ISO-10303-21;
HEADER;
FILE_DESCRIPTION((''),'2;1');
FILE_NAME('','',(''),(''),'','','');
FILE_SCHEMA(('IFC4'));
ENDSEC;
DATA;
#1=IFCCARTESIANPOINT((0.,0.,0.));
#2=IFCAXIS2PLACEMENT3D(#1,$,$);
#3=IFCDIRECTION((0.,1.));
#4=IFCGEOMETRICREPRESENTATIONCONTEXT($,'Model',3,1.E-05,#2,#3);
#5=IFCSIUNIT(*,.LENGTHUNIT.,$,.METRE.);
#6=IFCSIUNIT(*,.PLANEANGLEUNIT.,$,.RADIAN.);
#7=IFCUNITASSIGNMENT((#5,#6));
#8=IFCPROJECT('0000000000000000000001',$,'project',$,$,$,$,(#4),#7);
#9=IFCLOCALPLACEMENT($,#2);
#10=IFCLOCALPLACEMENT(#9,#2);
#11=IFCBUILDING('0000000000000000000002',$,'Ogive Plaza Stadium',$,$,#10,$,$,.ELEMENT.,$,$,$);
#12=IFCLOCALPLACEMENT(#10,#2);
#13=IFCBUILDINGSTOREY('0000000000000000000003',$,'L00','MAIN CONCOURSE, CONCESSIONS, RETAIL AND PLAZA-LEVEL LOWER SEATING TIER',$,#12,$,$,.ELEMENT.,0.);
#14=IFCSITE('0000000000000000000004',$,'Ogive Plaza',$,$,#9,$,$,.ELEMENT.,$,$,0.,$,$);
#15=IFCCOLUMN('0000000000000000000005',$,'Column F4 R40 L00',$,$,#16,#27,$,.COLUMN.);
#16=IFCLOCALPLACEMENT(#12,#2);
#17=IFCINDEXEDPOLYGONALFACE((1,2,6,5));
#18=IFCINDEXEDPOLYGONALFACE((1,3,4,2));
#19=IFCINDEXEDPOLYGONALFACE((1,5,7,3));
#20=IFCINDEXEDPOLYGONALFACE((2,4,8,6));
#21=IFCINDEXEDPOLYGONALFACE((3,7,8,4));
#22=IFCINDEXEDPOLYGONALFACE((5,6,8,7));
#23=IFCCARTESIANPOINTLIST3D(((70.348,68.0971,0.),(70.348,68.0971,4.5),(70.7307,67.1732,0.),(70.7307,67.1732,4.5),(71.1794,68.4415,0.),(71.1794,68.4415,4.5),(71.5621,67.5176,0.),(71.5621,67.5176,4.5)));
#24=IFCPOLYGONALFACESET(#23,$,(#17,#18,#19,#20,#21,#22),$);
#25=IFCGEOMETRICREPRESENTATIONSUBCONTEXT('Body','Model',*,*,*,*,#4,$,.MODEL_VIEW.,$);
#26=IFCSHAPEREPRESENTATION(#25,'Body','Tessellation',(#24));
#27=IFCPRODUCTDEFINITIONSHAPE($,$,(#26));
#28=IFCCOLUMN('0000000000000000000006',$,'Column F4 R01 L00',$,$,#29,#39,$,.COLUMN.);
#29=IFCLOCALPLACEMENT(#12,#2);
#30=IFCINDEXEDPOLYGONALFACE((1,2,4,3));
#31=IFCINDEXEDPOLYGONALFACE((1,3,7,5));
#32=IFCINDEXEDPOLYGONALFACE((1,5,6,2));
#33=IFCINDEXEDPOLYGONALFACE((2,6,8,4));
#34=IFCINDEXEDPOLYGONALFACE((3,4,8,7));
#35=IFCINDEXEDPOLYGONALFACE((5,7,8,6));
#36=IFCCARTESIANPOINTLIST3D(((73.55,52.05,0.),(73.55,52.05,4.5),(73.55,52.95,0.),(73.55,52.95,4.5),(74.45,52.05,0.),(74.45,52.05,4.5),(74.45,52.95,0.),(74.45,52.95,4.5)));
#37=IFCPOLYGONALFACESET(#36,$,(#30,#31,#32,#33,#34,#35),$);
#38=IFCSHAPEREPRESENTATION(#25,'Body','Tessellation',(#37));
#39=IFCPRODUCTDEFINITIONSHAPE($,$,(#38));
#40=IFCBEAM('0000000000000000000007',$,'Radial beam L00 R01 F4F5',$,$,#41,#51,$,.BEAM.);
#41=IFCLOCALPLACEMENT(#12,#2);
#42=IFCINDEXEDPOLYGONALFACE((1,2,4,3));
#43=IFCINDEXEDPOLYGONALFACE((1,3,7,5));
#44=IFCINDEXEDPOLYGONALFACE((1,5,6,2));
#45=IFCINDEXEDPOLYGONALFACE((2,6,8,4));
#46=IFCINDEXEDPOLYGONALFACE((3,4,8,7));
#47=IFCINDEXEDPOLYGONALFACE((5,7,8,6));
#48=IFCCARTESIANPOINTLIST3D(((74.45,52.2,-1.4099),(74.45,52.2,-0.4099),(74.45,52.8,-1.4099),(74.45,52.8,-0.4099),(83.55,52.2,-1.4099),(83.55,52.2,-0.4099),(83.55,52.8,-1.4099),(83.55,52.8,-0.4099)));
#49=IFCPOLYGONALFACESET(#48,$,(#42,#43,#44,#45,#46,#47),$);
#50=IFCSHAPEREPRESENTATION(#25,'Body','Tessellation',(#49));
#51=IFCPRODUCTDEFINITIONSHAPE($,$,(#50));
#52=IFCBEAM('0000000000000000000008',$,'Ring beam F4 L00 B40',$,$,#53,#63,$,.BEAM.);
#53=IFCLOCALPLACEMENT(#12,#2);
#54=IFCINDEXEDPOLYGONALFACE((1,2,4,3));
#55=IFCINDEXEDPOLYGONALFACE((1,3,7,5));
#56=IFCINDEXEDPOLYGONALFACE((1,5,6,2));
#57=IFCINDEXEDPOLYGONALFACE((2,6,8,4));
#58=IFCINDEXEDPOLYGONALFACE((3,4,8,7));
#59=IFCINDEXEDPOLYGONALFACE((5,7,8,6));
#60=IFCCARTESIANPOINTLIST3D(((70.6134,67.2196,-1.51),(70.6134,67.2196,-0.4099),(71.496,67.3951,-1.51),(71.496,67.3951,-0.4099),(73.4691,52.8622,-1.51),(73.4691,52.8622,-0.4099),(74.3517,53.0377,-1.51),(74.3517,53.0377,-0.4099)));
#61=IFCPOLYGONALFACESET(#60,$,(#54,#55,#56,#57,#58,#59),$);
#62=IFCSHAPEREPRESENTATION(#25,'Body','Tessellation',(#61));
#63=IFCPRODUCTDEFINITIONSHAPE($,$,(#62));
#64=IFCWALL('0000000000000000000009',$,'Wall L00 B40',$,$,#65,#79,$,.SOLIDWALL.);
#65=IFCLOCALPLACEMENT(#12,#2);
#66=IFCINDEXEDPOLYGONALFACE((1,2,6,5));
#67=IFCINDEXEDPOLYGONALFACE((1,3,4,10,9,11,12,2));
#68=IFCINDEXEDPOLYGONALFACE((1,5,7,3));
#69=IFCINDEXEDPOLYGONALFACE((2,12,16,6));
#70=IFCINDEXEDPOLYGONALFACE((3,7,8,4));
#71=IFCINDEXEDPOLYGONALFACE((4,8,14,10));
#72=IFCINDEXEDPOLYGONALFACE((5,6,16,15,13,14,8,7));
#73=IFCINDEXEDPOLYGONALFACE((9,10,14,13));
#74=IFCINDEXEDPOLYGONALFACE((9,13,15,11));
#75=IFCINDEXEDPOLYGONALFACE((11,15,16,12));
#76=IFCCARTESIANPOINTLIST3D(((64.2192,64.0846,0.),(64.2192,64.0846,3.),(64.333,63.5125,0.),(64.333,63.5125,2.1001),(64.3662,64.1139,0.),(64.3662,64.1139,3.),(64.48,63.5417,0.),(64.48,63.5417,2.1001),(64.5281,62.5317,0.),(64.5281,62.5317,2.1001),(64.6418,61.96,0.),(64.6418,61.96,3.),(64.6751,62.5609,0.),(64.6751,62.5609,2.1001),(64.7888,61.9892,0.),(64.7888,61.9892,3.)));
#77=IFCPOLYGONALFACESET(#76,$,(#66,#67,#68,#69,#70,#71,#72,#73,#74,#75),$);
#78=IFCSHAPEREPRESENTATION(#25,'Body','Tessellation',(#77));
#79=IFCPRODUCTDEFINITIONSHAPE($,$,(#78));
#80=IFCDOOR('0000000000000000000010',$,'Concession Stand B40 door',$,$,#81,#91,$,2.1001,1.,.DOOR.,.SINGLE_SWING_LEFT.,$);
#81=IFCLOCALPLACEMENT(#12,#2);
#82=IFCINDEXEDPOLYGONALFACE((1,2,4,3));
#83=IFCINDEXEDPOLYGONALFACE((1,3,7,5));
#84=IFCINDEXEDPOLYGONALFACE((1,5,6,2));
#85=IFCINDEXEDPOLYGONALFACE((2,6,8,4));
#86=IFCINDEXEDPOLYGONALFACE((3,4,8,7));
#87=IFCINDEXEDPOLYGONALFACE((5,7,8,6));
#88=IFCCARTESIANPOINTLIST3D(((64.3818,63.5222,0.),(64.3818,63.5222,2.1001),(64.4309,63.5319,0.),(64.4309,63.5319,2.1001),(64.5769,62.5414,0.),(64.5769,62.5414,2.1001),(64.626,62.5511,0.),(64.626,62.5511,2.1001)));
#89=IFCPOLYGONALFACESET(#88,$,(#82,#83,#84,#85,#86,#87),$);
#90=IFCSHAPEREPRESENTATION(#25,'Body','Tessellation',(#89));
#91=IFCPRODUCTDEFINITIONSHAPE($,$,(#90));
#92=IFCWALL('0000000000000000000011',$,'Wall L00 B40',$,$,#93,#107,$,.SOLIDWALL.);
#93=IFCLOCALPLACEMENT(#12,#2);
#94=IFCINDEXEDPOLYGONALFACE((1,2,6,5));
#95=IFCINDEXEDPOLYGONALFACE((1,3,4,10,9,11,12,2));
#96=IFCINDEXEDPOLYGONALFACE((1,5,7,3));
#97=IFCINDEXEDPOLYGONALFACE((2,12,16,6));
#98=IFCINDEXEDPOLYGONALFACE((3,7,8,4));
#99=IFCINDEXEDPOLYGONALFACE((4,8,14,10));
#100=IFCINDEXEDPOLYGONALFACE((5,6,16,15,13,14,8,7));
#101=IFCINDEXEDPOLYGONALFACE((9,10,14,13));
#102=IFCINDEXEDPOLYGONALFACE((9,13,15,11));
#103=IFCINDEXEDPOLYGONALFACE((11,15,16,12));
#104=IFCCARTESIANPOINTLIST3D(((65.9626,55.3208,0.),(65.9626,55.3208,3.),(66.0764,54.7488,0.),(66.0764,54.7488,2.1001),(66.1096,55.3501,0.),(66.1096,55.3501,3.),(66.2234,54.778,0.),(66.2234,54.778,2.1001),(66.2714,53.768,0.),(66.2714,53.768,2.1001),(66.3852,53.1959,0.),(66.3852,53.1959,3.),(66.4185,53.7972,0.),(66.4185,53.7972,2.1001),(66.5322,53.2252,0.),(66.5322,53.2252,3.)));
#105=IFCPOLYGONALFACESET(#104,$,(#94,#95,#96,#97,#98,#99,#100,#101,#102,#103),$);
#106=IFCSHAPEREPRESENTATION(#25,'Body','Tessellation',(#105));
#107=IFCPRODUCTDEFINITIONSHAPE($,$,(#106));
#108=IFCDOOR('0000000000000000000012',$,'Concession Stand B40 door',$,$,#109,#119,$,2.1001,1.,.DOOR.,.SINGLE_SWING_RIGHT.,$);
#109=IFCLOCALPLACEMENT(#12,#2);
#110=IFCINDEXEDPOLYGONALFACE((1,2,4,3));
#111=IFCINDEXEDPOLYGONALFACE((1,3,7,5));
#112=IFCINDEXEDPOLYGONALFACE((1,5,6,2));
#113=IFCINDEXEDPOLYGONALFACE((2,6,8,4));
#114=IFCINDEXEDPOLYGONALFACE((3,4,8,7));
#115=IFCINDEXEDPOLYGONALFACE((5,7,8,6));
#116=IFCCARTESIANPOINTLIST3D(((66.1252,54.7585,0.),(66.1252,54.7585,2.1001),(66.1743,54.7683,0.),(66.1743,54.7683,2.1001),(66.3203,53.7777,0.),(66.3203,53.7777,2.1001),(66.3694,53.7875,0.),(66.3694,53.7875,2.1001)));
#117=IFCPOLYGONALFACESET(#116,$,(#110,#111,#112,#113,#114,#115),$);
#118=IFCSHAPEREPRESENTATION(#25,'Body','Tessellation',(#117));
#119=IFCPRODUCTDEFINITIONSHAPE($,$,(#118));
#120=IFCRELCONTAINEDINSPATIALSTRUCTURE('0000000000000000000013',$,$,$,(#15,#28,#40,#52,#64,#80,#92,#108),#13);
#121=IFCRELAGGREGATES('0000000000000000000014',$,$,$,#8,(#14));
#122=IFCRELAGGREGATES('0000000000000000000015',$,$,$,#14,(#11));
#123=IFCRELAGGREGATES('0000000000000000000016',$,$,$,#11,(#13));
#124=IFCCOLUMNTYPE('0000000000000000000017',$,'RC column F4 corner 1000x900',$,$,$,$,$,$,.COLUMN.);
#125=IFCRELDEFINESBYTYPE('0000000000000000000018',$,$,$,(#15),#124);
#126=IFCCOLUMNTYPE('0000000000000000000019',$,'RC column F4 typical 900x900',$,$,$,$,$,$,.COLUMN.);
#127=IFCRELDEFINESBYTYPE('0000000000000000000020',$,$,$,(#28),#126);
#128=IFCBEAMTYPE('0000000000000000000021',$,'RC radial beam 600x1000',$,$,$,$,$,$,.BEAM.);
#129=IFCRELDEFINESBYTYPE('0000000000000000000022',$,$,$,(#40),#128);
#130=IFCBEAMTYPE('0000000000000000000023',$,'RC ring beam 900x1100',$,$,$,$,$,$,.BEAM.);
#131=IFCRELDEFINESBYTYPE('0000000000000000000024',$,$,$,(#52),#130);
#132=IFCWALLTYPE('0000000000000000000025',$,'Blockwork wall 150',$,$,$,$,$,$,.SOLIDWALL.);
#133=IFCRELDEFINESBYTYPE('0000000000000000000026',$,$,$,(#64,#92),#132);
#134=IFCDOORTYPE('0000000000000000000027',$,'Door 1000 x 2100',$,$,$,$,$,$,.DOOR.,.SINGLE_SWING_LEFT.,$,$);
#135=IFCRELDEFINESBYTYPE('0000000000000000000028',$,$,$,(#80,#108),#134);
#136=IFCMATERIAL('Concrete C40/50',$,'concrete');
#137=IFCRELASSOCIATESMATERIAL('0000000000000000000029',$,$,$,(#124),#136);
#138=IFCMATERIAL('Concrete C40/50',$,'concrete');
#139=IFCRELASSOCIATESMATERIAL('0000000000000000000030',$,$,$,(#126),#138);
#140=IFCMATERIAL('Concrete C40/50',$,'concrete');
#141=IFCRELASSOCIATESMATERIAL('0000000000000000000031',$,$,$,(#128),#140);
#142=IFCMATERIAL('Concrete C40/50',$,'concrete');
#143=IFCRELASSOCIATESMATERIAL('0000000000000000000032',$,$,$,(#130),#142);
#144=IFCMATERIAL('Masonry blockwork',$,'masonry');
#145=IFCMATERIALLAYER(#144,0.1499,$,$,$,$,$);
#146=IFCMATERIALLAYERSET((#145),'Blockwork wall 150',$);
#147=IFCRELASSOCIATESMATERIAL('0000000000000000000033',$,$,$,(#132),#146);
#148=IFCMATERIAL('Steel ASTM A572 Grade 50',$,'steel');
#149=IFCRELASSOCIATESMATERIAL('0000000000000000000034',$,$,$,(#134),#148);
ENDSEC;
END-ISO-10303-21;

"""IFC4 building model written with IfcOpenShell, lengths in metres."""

from ifc_helpers import new_model, si_unit, direction, frame, frame_2d, origin, origin_2d, place, context, subcontext, project, spatial, rectangle, extrude, material, layer, layer_set, material_profile, profile_set, type_object, element, fill, save


model = new_model("IFC4")

# Units and contexts
model_context = context("Model", 3, precision=1e-05, world=origin(), true_north=direction((0.0, 1.0)))
body_context = subcontext(model_context, "Body", "Model", "MODEL_VIEW")
ifc_project = project(units=[si_unit("LENGTHUNIT", "METRE"), si_unit("PLANEANGLEUNIT", "RADIAN")], contexts=[model_context])

# Site, building, storey
site_placement = place(None, origin())
site = spatial("IfcSite", under=ifc_project, at=site_placement, Name="Ogive Plaza", CompositionType="ELEMENT", RefElevation=0.0)
building_placement = place(site_placement, origin())
building = spatial("IfcBuilding", under=site, at=building_placement, Name="Ogive Plaza Stadium", CompositionType="ELEMENT")
storey_placement = place(building_placement, origin())
storey = spatial("IfcBuildingStorey", under=building, at=storey_placement, Name="L00", Description="MAIN CONCOURSE, CONCESSIONS, RETAIL AND PLAZA-LEVEL LOWER SEATING TIER", CompositionType="ELEMENT", Elevation=0.0)

# Columns
ifc_material_1 = material(Name="Concrete C40/50", Category="concrete")
ifc_material_profile_1 = material_profile(ifc_material_1, rectangle(XDim=1.0, YDim=0.8999, at=origin_2d()), Name="RC 1000x900")
ifc_profile_set_1 = profile_set([ifc_material_profile_1], Name="Concrete C40/50")
column_type_1 = type_object("IfcColumnType", Name="RC column F4 corner 1000x900", PredefinedType="COLUMN", material=ifc_profile_set_1)
column_1_placement = place(storey_placement, frame((70.9551, 67.8074, 0.0), z_axis=(0.0, 0.0, 1.0), x_axis=(-0.382683, 0.92388, 0.0)))
element("IfcColumn", 1, at=column_1_placement, inside=storey, type_object=column_type_1, Name="Column F4 R40 L00", PredefinedType="COLUMN", context=body_context, shape_type="SweptSolid", body=[
    extrude(rectangle(XDim=1.0, YDim=0.8999, at=origin_2d()), origin(), (0.0, 0.0, 1.0), 4.5),
])
ifc_material_2 = material(Name="Concrete C40/50", Category="concrete")
ifc_material_profile_2 = material_profile(ifc_material_2, rectangle(XDim=0.8999, YDim=0.8999, at=origin_2d()), Name="RC 900x900")
ifc_profile_set_2 = profile_set([ifc_material_profile_2], Name="Concrete C40/50")
column_type_2 = type_object("IfcColumnType", Name="RC column F4 typical 900x900", PredefinedType="COLUMN", material=ifc_profile_set_2)
column_2_placement = place(storey_placement, frame((74.0, 52.5, 0.0), z_axis=(0.0, 0.0, 1.0), x_axis=(0.0, 1.0, 0.0)))
element("IfcColumn", 2, at=column_2_placement, inside=storey, type_object=column_type_2, Name="Column F4 R01 L00", PredefinedType="COLUMN", context=body_context, shape_type="SweptSolid", body=[
    extrude(rectangle(XDim=0.8999, YDim=0.8999, at=origin_2d()), origin(), (0.0, 0.0, 1.0), 4.5),
])

# Beams
ifc_material_3 = material(Name="Concrete C40/50", Category="concrete")
ifc_material_profile_3 = material_profile(ifc_material_3, rectangle(XDim=0.6001, YDim=1.0, at=origin_2d()), Name="RC 600x1000")
ifc_profile_set_3 = profile_set([ifc_material_profile_3], Name="Concrete C40/50")
beam_type_1 = type_object("IfcBeamType", Name="RC radial beam 600x1000", PredefinedType="BEAM", material=ifc_profile_set_3)
beam_1_placement = place(storey_placement, frame((74.45, 52.5, -0.9099), z_axis=(1.0, 0.0, 0.0), x_axis=(0.0, 1.0, 0.0)))
element("IfcBeam", 3, at=beam_1_placement, inside=storey, type_object=beam_type_1, Name="Radial beam L00 R01 F4F5", PredefinedType="BEAM", context=body_context, shape_type="SweptSolid", body=[
    extrude(rectangle(XDim=0.6001, YDim=1.0, at=origin_2d()), origin(), (0.0, 0.0, 1.0), 9.1001),
])
ifc_material_4 = material(Name="Concrete C40/50", Category="concrete")
ifc_material_profile_4 = material_profile(ifc_material_4, rectangle(XDim=0.8999, YDim=1.1001, at=origin_2d()), Name="RC 900x1100")
ifc_profile_set_4 = profile_set([ifc_material_profile_4], Name="Concrete C40/50")
beam_type_2 = type_object("IfcBeamType", Name="RC ring beam 900x1100", PredefinedType="BEAM", material=ifc_profile_set_4)
beam_2_placement = place(storey_placement, frame((71.0547, 67.3074, -0.96), z_axis=(0.19508, -0.980787, 0.0), x_axis=(0.980787, 0.19508, 0.0)))
element("IfcBeam", 4, at=beam_2_placement, inside=storey, type_object=beam_type_2, Name="Ring beam F4 L00 B40", PredefinedType="BEAM", context=body_context, shape_type="SweptSolid", body=[
    extrude(rectangle(XDim=0.8999, YDim=1.1001, at=origin_2d()), origin(), (0.0, 0.0, 1.0), 14.6387),
])

# Walls, openings, doors
ifc_material_5 = material(Name="Masonry blockwork", Category="masonry")
ifc_layer_1 = layer(ifc_material_5, 0.1499)
ifc_layer_set_1 = layer_set([ifc_layer_1], Name="Blockwork wall 150")
wall_type_1 = type_object("IfcWallType", Name="Blockwork wall 150", PredefinedType="SOLIDWALL", material=ifc_layer_set_1)
wall_1_placement = place(storey_placement, frame((64.2927, 64.0991, 0.0), z_axis=(0.0, 0.0, 1.0), x_axis=(0.195076, -0.980788, 0.0)))
wall_1 = element("IfcWall", 5, at=wall_1_placement, inside=storey, type_object=wall_type_1, Name="Wall L00 B40", PredefinedType="SOLIDWALL", context=body_context, shape_type="SweptSolid", body=[
    extrude(rectangle(XDim=2.1663, YDim=0.1499, at=frame_2d((1.083, 0.0))), origin(), (0.0, 0.0, 1.0), 3.0),
])
opening_1_placement = place(wall_1_placement, frame((0.5833, 0.0, 0.0)))
opening_1 = element("IfcOpeningElement", 6, at=opening_1_placement, cuts=wall_1, PredefinedType="OPENING", context=body_context, shape_type="SweptSolid", body=[
    extrude(rectangle(XDim=1.0, YDim=2.1001, at=frame_2d((0.5, 1.05))), frame((0.0, 0.075, 0.0), z_axis=(0.0, -1.0, 0.0), x_axis=(1.0, 0.0, 0.0)), (0.0, 0.0, 1.0), 0.1499),
])
ifc_material_6 = material(Name="Steel ASTM A572 Grade 50", Category="steel")
door_type_1 = type_object("IfcDoorType", Name="Door 1000 x 2100", OperationType="SINGLE_SWING_LEFT", PredefinedType="DOOR", material=ifc_material_6)
door_1_placement = place(opening_1_placement, origin())
door_1 = element("IfcDoor", 7, at=door_1_placement, inside=storey, type_object=door_type_1, Name="Concession Stand B40 door", OperationType="SINGLE_SWING_LEFT", OverallHeight=2.1001, OverallWidth=1.0, PredefinedType="DOOR", context=body_context, shape_type="SweptSolid", body=[
    extrude(rectangle(XDim=1.0, YDim=2.1001, at=frame_2d((0.5, 1.05))), frame((0.0, 0.0249, 0.0), z_axis=(0.0, -1.0, 0.0), x_axis=(1.0, 0.0, 0.0)), (0.0, 0.0, 1.0), 0.05),
])
fill(opening_1, door_1)
wall_2_placement = place(storey_placement, frame((66.0361, 55.3354, 0.0), z_axis=(0.0, 0.0, 1.0), x_axis=(0.195054, -0.980792, 0.0)))
wall_2 = element("IfcWall", 8, at=wall_2_placement, inside=storey, type_object=wall_type_1, Name="Wall L00 B40", PredefinedType="SOLIDWALL", context=body_context, shape_type="SweptSolid", body=[
    extrude(rectangle(XDim=2.1665, YDim=0.1499, at=frame_2d((1.0833, 0.0))), origin(), (0.0, 0.0, 1.0), 3.0),
])
opening_2_placement = place(wall_2_placement, frame((0.5833, 0.0, 0.0)))
opening_2 = element("IfcOpeningElement", 9, at=opening_2_placement, cuts=wall_2, PredefinedType="OPENING", context=body_context, shape_type="SweptSolid", body=[
    extrude(rectangle(XDim=1.0, YDim=2.1001, at=frame_2d((0.5, 1.05))), frame((0.0, 0.075, 0.0), z_axis=(0.0, -1.0, 0.0), x_axis=(1.0, 0.0, 0.0)), (0.0, 0.0, 1.0), 0.1499),
])
door_2_placement = place(opening_2_placement, origin())
door_2 = element("IfcDoor", 10, at=door_2_placement, inside=storey, type_object=door_type_1, Name="Concession Stand B40 door", OperationType="SINGLE_SWING_RIGHT", OverallHeight=2.1001, OverallWidth=1.0, PredefinedType="DOOR", context=body_context, shape_type="SweptSolid", body=[
    extrude(rectangle(XDim=1.0, YDim=2.1001, at=frame_2d((0.5, 1.05))), frame((0.0, 0.0249, 0.0), z_axis=(0.0, -1.0, 0.0), x_axis=(1.0, 0.0, 0.0)), (0.0, 0.0, 1.0), 0.05),
])
fill(opening_2, door_2)

save(model, "model.ifc")
